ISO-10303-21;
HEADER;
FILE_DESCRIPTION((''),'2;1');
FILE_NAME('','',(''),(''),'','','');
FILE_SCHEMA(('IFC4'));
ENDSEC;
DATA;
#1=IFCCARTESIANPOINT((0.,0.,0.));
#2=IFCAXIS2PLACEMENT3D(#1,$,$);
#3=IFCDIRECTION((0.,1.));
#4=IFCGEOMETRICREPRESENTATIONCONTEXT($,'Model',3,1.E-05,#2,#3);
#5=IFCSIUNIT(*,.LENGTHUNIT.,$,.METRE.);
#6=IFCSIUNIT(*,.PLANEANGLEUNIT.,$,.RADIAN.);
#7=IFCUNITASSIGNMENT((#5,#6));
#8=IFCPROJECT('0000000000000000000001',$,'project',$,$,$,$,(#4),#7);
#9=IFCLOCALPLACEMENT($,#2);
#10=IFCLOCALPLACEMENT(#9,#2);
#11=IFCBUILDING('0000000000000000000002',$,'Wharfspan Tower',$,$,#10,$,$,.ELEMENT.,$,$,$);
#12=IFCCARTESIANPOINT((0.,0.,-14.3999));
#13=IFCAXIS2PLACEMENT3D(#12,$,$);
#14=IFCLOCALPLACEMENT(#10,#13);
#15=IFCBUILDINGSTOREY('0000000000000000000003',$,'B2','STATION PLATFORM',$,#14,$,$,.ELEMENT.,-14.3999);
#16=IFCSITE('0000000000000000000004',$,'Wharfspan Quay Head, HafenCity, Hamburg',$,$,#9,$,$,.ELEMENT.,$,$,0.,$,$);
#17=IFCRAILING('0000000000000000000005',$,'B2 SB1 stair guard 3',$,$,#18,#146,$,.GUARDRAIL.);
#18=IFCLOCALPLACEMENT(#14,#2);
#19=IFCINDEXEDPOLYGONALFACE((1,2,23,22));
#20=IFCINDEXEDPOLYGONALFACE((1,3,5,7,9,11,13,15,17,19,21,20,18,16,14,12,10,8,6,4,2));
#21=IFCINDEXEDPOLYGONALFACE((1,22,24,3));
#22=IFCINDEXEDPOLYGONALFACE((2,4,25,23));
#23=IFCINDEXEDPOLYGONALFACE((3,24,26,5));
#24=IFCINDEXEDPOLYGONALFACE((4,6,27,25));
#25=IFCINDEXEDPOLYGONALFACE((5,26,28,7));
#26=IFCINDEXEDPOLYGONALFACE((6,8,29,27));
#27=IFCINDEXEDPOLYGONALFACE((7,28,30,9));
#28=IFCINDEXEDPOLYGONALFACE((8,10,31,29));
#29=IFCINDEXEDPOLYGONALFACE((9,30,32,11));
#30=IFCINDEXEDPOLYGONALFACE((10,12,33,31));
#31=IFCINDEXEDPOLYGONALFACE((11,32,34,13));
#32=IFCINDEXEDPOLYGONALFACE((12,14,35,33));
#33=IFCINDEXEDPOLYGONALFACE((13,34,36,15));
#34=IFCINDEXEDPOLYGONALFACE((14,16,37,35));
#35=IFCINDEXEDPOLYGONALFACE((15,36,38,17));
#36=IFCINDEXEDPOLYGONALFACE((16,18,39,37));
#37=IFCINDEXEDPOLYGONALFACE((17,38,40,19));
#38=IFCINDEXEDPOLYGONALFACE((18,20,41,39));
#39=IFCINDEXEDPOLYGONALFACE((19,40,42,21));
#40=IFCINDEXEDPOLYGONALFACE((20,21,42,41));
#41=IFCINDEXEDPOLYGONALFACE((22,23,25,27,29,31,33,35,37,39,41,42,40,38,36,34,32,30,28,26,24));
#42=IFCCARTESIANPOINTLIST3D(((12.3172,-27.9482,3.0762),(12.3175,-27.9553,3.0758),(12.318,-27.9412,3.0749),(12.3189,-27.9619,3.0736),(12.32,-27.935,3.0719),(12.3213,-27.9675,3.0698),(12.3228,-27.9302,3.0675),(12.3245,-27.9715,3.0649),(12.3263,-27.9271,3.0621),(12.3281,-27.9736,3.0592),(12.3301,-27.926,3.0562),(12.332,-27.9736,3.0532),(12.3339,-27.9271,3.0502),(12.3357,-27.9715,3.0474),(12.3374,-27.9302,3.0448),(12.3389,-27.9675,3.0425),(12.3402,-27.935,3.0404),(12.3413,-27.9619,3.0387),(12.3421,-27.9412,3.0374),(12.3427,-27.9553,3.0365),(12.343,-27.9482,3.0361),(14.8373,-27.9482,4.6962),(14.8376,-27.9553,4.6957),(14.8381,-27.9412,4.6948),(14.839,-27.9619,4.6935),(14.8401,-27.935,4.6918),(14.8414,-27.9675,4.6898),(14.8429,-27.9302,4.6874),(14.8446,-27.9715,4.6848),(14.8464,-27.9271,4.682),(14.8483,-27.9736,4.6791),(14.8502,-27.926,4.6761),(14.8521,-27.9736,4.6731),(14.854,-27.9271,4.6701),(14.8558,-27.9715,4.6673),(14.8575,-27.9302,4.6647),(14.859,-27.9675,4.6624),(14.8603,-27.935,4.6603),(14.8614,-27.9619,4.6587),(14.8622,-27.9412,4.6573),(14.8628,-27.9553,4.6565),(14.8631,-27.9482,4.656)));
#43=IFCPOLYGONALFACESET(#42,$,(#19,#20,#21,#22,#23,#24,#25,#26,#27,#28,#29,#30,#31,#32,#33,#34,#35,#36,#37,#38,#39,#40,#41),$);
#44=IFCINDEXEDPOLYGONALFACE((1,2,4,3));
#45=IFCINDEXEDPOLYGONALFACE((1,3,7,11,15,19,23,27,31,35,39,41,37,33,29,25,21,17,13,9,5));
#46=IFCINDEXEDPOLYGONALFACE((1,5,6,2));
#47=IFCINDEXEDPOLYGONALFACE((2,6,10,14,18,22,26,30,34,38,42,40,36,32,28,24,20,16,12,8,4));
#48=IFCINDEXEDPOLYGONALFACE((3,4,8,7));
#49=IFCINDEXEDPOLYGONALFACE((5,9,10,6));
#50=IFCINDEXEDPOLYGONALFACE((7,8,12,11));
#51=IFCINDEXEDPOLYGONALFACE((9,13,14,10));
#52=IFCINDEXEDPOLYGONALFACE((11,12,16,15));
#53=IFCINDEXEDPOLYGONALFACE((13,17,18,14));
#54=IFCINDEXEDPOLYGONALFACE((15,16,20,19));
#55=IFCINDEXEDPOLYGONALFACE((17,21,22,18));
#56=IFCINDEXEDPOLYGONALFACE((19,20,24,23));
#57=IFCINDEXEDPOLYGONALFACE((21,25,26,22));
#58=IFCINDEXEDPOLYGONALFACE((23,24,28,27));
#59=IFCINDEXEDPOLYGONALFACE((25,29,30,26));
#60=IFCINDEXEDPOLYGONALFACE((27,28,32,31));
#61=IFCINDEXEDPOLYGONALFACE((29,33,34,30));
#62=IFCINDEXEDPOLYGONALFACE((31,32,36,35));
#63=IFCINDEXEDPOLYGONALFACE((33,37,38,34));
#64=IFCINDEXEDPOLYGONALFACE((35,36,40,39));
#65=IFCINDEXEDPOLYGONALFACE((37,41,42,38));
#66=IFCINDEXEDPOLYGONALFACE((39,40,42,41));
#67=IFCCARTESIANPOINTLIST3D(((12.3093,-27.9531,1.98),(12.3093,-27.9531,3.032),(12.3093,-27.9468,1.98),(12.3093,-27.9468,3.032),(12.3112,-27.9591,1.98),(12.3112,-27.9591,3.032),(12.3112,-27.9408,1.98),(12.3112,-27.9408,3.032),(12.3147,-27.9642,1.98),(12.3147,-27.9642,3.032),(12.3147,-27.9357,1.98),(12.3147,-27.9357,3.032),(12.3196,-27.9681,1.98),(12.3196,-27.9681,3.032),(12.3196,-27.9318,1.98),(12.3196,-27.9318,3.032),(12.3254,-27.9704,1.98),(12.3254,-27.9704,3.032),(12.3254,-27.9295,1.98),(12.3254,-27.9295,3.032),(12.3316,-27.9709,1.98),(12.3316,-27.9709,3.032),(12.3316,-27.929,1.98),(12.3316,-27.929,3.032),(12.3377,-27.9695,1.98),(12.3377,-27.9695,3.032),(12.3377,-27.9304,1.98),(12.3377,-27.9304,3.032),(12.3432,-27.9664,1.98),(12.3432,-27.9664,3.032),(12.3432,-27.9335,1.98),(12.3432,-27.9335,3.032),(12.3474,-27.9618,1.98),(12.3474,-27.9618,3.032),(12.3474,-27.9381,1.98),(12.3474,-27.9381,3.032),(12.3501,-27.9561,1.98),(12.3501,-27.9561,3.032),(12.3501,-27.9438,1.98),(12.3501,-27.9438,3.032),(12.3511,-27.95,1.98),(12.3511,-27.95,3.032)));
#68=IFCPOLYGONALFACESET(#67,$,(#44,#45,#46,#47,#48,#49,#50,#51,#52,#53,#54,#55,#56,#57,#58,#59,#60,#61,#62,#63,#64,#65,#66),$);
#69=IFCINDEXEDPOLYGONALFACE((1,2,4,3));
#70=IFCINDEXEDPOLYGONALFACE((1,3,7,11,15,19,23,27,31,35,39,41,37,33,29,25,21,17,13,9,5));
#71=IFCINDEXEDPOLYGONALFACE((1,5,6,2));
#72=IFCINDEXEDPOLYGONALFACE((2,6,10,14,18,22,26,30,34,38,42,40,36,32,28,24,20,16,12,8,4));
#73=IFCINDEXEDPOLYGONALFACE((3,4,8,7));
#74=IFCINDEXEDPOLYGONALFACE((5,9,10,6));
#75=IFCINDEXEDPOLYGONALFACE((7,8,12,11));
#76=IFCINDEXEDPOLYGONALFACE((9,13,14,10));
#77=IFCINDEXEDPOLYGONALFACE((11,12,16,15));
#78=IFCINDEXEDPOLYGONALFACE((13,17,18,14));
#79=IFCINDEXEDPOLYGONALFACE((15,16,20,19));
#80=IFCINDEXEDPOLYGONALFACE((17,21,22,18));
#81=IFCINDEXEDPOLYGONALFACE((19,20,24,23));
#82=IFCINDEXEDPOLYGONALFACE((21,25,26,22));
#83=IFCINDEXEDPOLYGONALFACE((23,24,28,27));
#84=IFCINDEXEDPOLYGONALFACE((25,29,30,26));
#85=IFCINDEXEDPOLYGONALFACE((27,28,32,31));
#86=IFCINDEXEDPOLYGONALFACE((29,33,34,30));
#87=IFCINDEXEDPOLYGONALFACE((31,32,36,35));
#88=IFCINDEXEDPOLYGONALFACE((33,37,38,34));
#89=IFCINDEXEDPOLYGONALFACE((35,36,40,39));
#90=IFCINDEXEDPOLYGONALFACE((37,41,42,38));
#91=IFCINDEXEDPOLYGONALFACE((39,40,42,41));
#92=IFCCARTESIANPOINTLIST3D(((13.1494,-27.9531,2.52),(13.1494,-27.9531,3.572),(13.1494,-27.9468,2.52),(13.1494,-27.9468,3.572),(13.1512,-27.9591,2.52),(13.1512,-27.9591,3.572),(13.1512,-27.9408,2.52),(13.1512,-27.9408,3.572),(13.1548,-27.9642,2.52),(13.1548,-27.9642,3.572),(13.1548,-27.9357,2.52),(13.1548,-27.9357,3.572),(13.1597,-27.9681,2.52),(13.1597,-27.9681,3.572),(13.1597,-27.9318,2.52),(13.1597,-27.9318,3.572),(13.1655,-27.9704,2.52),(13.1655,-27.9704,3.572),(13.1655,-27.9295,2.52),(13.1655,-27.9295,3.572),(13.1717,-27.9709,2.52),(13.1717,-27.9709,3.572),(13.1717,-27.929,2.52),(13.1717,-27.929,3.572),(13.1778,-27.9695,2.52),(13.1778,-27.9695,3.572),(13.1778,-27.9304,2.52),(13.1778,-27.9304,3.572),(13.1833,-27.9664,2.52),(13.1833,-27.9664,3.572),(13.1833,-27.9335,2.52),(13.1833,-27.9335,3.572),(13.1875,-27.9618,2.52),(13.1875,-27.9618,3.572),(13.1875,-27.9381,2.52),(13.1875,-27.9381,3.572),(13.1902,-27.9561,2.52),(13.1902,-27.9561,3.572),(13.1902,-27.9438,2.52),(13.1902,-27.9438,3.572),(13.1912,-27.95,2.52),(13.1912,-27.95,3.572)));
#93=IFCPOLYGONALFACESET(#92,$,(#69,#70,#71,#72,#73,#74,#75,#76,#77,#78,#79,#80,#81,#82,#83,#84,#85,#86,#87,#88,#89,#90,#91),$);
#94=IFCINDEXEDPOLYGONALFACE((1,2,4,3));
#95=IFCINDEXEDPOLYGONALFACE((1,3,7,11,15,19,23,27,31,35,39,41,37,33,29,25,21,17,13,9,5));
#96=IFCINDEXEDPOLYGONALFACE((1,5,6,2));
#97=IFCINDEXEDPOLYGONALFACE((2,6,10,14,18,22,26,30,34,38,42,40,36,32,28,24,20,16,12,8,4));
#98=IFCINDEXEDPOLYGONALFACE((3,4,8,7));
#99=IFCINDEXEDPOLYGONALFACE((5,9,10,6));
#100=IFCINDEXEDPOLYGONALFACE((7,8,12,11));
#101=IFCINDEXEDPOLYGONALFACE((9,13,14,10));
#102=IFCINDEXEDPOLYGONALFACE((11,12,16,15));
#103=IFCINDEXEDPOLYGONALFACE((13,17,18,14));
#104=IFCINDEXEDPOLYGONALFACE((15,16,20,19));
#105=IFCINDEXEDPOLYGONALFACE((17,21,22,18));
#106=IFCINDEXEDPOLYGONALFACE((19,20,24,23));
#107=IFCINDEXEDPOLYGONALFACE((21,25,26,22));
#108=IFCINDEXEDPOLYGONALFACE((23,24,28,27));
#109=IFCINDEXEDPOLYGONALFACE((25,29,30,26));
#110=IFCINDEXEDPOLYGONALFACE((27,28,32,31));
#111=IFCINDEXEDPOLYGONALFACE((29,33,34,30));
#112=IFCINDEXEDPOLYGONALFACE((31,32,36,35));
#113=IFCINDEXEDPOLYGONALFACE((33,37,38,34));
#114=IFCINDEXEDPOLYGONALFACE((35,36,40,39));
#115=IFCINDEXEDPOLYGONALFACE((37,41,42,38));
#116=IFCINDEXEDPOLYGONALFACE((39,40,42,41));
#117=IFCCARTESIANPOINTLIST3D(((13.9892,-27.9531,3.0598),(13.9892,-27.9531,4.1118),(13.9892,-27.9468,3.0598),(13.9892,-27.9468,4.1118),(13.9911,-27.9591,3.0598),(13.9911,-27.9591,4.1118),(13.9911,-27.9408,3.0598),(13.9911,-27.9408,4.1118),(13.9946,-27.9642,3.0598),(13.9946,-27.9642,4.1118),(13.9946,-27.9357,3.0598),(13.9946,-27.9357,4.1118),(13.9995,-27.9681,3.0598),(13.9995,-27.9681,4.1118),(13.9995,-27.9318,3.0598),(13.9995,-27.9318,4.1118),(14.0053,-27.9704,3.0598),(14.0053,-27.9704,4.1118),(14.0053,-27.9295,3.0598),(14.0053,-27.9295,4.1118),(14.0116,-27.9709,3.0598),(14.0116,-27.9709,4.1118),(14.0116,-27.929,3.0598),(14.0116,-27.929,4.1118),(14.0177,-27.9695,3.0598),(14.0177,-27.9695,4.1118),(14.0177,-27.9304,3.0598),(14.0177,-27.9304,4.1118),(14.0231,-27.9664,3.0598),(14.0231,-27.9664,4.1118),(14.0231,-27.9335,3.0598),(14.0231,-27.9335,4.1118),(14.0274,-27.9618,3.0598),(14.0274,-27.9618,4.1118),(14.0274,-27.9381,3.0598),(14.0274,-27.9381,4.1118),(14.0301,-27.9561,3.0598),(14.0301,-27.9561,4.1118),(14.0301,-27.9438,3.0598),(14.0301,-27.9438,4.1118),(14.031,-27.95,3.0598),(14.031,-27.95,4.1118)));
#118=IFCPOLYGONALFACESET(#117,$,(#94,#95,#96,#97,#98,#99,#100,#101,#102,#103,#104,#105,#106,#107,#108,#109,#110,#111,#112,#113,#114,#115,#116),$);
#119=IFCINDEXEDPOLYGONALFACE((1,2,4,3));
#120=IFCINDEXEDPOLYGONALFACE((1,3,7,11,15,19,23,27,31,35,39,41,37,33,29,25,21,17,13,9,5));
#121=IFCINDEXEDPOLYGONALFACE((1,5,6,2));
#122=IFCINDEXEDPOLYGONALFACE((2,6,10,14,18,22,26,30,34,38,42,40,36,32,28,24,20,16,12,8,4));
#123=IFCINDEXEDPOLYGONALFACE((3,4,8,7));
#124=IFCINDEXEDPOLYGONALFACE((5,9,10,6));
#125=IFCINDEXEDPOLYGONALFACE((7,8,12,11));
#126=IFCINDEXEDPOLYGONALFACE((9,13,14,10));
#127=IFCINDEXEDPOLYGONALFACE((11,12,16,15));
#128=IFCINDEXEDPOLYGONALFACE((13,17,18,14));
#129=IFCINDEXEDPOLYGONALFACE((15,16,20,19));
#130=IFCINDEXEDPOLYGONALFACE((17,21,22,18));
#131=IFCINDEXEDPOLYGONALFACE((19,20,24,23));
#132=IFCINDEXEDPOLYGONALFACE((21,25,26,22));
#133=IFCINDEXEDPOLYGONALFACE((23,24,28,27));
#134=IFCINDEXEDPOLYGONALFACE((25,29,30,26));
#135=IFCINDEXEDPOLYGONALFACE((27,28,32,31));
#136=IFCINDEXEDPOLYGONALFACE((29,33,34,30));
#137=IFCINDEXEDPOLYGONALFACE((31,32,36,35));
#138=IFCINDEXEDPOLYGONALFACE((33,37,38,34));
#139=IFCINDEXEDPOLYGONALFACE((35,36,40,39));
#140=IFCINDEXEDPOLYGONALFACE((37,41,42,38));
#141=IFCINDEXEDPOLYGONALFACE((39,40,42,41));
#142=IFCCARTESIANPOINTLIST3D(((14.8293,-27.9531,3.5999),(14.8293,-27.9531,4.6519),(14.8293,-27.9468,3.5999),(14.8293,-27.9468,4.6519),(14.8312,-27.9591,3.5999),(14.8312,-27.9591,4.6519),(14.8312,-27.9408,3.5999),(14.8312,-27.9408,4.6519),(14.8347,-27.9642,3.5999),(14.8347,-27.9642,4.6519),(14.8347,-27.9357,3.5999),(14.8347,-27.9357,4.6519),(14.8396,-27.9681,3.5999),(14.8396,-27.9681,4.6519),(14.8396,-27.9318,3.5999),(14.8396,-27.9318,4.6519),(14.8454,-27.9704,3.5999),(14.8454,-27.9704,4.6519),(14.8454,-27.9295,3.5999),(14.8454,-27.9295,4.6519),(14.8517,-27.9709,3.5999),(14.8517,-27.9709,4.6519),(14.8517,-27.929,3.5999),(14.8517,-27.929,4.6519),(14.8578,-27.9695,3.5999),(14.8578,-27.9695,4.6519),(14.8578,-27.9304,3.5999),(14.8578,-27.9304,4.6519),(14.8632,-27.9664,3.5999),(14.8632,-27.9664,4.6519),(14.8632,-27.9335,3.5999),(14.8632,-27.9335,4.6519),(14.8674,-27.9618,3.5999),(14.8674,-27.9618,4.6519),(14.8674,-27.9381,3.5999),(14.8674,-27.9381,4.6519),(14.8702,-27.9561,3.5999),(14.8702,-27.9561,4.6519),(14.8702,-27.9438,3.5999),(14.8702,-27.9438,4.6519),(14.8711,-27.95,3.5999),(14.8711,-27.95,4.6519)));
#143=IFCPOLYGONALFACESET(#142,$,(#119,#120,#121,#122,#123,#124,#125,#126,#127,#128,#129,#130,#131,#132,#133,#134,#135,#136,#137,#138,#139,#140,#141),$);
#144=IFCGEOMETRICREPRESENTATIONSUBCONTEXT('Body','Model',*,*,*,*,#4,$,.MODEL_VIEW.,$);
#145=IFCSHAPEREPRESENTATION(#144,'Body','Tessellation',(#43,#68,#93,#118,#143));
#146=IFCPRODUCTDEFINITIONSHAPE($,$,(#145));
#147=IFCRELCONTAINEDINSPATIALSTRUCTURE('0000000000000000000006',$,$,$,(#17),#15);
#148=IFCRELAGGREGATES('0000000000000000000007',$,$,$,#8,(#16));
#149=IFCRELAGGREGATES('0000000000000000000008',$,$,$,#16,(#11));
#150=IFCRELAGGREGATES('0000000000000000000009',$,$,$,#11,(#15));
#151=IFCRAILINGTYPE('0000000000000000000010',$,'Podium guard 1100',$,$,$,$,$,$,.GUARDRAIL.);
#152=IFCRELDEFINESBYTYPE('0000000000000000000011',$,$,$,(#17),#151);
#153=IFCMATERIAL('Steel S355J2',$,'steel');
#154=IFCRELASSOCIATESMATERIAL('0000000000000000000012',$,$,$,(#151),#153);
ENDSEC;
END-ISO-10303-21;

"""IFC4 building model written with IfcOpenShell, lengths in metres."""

from ifc_helpers import new_model, si_unit, direction, frame, origin, origin_2d, place, context, subcontext, project, spatial, circle, extrude, material, type_object, element, save


model = new_model("IFC4")

# Units and contexts
model_context = context("Model", 3, precision=1e-05, world=origin(), true_north=direction((0.0, 1.0)))
body_context = subcontext(model_context, "Body", "Model", "MODEL_VIEW")
ifc_project = project(units=[si_unit("LENGTHUNIT", "METRE"), si_unit("PLANEANGLEUNIT", "RADIAN")], contexts=[model_context])

# Site, building, storey
site_placement = place(None, origin())
site = spatial("IfcSite", under=ifc_project, at=site_placement, Name="Wharfspan Quay Head, HafenCity, Hamburg", CompositionType="ELEMENT", RefElevation=0.0)
building_placement = place(site_placement, origin())
building = spatial("IfcBuilding", under=site, at=building_placement, Name="Wharfspan Tower", CompositionType="ELEMENT")
storey_placement = place(building_placement, frame((0.0, 0.0, -14.3999)))
storey = spatial("IfcBuildingStorey", under=building, at=storey_placement, Name="B2", Description="STATION PLATFORM", CompositionType="ELEMENT", Elevation=-14.3999)

# Railing
ifc_material_1 = material(Name="Steel S355J2", Category="steel")
railing_type_1 = type_object("IfcRailingType", Name="Podium guard 1100", PredefinedType="GUARDRAIL", material=ifc_material_1)
railing_1_placement = place(storey_placement, frame((12.3301, -27.95, 1.98)))
element("IfcRailing", 1, at=railing_1_placement, inside=storey, type_object=railing_type_1, Name="B2 SB1 stair guard 3", PredefinedType="GUARDRAIL", context=body_context, shape_type="SweptSolid", body=[
    extrude(circle(Radius=0.0239, at=origin_2d()), frame((0.0, 0.0, 1.0762), z_axis=(0.8412, 0.0, 0.540725), x_axis=(0.0, 1.0, 0.0)), (0.0, 0.0, 1.0), 2.9958),
    extrude(circle(Radius=0.021, at=origin_2d()), origin(), (0.0, 0.0, 1.0), 1.052),
    extrude(circle(Radius=0.021, at=origin_2d()), frame((0.8401, 0.0, 0.54)), (0.0, 0.0, 1.0), 1.052),
    extrude(circle(Radius=0.021, at=origin_2d()), frame((1.6799, 0.0, 1.0798)), (0.0, 0.0, 1.0), 1.052),
    extrude(circle(Radius=0.021, at=origin_2d()), frame((2.52, 0.0, 1.6199)), (0.0, 0.0, 1.0), 1.052),
])

save(model, "model.ifc")
